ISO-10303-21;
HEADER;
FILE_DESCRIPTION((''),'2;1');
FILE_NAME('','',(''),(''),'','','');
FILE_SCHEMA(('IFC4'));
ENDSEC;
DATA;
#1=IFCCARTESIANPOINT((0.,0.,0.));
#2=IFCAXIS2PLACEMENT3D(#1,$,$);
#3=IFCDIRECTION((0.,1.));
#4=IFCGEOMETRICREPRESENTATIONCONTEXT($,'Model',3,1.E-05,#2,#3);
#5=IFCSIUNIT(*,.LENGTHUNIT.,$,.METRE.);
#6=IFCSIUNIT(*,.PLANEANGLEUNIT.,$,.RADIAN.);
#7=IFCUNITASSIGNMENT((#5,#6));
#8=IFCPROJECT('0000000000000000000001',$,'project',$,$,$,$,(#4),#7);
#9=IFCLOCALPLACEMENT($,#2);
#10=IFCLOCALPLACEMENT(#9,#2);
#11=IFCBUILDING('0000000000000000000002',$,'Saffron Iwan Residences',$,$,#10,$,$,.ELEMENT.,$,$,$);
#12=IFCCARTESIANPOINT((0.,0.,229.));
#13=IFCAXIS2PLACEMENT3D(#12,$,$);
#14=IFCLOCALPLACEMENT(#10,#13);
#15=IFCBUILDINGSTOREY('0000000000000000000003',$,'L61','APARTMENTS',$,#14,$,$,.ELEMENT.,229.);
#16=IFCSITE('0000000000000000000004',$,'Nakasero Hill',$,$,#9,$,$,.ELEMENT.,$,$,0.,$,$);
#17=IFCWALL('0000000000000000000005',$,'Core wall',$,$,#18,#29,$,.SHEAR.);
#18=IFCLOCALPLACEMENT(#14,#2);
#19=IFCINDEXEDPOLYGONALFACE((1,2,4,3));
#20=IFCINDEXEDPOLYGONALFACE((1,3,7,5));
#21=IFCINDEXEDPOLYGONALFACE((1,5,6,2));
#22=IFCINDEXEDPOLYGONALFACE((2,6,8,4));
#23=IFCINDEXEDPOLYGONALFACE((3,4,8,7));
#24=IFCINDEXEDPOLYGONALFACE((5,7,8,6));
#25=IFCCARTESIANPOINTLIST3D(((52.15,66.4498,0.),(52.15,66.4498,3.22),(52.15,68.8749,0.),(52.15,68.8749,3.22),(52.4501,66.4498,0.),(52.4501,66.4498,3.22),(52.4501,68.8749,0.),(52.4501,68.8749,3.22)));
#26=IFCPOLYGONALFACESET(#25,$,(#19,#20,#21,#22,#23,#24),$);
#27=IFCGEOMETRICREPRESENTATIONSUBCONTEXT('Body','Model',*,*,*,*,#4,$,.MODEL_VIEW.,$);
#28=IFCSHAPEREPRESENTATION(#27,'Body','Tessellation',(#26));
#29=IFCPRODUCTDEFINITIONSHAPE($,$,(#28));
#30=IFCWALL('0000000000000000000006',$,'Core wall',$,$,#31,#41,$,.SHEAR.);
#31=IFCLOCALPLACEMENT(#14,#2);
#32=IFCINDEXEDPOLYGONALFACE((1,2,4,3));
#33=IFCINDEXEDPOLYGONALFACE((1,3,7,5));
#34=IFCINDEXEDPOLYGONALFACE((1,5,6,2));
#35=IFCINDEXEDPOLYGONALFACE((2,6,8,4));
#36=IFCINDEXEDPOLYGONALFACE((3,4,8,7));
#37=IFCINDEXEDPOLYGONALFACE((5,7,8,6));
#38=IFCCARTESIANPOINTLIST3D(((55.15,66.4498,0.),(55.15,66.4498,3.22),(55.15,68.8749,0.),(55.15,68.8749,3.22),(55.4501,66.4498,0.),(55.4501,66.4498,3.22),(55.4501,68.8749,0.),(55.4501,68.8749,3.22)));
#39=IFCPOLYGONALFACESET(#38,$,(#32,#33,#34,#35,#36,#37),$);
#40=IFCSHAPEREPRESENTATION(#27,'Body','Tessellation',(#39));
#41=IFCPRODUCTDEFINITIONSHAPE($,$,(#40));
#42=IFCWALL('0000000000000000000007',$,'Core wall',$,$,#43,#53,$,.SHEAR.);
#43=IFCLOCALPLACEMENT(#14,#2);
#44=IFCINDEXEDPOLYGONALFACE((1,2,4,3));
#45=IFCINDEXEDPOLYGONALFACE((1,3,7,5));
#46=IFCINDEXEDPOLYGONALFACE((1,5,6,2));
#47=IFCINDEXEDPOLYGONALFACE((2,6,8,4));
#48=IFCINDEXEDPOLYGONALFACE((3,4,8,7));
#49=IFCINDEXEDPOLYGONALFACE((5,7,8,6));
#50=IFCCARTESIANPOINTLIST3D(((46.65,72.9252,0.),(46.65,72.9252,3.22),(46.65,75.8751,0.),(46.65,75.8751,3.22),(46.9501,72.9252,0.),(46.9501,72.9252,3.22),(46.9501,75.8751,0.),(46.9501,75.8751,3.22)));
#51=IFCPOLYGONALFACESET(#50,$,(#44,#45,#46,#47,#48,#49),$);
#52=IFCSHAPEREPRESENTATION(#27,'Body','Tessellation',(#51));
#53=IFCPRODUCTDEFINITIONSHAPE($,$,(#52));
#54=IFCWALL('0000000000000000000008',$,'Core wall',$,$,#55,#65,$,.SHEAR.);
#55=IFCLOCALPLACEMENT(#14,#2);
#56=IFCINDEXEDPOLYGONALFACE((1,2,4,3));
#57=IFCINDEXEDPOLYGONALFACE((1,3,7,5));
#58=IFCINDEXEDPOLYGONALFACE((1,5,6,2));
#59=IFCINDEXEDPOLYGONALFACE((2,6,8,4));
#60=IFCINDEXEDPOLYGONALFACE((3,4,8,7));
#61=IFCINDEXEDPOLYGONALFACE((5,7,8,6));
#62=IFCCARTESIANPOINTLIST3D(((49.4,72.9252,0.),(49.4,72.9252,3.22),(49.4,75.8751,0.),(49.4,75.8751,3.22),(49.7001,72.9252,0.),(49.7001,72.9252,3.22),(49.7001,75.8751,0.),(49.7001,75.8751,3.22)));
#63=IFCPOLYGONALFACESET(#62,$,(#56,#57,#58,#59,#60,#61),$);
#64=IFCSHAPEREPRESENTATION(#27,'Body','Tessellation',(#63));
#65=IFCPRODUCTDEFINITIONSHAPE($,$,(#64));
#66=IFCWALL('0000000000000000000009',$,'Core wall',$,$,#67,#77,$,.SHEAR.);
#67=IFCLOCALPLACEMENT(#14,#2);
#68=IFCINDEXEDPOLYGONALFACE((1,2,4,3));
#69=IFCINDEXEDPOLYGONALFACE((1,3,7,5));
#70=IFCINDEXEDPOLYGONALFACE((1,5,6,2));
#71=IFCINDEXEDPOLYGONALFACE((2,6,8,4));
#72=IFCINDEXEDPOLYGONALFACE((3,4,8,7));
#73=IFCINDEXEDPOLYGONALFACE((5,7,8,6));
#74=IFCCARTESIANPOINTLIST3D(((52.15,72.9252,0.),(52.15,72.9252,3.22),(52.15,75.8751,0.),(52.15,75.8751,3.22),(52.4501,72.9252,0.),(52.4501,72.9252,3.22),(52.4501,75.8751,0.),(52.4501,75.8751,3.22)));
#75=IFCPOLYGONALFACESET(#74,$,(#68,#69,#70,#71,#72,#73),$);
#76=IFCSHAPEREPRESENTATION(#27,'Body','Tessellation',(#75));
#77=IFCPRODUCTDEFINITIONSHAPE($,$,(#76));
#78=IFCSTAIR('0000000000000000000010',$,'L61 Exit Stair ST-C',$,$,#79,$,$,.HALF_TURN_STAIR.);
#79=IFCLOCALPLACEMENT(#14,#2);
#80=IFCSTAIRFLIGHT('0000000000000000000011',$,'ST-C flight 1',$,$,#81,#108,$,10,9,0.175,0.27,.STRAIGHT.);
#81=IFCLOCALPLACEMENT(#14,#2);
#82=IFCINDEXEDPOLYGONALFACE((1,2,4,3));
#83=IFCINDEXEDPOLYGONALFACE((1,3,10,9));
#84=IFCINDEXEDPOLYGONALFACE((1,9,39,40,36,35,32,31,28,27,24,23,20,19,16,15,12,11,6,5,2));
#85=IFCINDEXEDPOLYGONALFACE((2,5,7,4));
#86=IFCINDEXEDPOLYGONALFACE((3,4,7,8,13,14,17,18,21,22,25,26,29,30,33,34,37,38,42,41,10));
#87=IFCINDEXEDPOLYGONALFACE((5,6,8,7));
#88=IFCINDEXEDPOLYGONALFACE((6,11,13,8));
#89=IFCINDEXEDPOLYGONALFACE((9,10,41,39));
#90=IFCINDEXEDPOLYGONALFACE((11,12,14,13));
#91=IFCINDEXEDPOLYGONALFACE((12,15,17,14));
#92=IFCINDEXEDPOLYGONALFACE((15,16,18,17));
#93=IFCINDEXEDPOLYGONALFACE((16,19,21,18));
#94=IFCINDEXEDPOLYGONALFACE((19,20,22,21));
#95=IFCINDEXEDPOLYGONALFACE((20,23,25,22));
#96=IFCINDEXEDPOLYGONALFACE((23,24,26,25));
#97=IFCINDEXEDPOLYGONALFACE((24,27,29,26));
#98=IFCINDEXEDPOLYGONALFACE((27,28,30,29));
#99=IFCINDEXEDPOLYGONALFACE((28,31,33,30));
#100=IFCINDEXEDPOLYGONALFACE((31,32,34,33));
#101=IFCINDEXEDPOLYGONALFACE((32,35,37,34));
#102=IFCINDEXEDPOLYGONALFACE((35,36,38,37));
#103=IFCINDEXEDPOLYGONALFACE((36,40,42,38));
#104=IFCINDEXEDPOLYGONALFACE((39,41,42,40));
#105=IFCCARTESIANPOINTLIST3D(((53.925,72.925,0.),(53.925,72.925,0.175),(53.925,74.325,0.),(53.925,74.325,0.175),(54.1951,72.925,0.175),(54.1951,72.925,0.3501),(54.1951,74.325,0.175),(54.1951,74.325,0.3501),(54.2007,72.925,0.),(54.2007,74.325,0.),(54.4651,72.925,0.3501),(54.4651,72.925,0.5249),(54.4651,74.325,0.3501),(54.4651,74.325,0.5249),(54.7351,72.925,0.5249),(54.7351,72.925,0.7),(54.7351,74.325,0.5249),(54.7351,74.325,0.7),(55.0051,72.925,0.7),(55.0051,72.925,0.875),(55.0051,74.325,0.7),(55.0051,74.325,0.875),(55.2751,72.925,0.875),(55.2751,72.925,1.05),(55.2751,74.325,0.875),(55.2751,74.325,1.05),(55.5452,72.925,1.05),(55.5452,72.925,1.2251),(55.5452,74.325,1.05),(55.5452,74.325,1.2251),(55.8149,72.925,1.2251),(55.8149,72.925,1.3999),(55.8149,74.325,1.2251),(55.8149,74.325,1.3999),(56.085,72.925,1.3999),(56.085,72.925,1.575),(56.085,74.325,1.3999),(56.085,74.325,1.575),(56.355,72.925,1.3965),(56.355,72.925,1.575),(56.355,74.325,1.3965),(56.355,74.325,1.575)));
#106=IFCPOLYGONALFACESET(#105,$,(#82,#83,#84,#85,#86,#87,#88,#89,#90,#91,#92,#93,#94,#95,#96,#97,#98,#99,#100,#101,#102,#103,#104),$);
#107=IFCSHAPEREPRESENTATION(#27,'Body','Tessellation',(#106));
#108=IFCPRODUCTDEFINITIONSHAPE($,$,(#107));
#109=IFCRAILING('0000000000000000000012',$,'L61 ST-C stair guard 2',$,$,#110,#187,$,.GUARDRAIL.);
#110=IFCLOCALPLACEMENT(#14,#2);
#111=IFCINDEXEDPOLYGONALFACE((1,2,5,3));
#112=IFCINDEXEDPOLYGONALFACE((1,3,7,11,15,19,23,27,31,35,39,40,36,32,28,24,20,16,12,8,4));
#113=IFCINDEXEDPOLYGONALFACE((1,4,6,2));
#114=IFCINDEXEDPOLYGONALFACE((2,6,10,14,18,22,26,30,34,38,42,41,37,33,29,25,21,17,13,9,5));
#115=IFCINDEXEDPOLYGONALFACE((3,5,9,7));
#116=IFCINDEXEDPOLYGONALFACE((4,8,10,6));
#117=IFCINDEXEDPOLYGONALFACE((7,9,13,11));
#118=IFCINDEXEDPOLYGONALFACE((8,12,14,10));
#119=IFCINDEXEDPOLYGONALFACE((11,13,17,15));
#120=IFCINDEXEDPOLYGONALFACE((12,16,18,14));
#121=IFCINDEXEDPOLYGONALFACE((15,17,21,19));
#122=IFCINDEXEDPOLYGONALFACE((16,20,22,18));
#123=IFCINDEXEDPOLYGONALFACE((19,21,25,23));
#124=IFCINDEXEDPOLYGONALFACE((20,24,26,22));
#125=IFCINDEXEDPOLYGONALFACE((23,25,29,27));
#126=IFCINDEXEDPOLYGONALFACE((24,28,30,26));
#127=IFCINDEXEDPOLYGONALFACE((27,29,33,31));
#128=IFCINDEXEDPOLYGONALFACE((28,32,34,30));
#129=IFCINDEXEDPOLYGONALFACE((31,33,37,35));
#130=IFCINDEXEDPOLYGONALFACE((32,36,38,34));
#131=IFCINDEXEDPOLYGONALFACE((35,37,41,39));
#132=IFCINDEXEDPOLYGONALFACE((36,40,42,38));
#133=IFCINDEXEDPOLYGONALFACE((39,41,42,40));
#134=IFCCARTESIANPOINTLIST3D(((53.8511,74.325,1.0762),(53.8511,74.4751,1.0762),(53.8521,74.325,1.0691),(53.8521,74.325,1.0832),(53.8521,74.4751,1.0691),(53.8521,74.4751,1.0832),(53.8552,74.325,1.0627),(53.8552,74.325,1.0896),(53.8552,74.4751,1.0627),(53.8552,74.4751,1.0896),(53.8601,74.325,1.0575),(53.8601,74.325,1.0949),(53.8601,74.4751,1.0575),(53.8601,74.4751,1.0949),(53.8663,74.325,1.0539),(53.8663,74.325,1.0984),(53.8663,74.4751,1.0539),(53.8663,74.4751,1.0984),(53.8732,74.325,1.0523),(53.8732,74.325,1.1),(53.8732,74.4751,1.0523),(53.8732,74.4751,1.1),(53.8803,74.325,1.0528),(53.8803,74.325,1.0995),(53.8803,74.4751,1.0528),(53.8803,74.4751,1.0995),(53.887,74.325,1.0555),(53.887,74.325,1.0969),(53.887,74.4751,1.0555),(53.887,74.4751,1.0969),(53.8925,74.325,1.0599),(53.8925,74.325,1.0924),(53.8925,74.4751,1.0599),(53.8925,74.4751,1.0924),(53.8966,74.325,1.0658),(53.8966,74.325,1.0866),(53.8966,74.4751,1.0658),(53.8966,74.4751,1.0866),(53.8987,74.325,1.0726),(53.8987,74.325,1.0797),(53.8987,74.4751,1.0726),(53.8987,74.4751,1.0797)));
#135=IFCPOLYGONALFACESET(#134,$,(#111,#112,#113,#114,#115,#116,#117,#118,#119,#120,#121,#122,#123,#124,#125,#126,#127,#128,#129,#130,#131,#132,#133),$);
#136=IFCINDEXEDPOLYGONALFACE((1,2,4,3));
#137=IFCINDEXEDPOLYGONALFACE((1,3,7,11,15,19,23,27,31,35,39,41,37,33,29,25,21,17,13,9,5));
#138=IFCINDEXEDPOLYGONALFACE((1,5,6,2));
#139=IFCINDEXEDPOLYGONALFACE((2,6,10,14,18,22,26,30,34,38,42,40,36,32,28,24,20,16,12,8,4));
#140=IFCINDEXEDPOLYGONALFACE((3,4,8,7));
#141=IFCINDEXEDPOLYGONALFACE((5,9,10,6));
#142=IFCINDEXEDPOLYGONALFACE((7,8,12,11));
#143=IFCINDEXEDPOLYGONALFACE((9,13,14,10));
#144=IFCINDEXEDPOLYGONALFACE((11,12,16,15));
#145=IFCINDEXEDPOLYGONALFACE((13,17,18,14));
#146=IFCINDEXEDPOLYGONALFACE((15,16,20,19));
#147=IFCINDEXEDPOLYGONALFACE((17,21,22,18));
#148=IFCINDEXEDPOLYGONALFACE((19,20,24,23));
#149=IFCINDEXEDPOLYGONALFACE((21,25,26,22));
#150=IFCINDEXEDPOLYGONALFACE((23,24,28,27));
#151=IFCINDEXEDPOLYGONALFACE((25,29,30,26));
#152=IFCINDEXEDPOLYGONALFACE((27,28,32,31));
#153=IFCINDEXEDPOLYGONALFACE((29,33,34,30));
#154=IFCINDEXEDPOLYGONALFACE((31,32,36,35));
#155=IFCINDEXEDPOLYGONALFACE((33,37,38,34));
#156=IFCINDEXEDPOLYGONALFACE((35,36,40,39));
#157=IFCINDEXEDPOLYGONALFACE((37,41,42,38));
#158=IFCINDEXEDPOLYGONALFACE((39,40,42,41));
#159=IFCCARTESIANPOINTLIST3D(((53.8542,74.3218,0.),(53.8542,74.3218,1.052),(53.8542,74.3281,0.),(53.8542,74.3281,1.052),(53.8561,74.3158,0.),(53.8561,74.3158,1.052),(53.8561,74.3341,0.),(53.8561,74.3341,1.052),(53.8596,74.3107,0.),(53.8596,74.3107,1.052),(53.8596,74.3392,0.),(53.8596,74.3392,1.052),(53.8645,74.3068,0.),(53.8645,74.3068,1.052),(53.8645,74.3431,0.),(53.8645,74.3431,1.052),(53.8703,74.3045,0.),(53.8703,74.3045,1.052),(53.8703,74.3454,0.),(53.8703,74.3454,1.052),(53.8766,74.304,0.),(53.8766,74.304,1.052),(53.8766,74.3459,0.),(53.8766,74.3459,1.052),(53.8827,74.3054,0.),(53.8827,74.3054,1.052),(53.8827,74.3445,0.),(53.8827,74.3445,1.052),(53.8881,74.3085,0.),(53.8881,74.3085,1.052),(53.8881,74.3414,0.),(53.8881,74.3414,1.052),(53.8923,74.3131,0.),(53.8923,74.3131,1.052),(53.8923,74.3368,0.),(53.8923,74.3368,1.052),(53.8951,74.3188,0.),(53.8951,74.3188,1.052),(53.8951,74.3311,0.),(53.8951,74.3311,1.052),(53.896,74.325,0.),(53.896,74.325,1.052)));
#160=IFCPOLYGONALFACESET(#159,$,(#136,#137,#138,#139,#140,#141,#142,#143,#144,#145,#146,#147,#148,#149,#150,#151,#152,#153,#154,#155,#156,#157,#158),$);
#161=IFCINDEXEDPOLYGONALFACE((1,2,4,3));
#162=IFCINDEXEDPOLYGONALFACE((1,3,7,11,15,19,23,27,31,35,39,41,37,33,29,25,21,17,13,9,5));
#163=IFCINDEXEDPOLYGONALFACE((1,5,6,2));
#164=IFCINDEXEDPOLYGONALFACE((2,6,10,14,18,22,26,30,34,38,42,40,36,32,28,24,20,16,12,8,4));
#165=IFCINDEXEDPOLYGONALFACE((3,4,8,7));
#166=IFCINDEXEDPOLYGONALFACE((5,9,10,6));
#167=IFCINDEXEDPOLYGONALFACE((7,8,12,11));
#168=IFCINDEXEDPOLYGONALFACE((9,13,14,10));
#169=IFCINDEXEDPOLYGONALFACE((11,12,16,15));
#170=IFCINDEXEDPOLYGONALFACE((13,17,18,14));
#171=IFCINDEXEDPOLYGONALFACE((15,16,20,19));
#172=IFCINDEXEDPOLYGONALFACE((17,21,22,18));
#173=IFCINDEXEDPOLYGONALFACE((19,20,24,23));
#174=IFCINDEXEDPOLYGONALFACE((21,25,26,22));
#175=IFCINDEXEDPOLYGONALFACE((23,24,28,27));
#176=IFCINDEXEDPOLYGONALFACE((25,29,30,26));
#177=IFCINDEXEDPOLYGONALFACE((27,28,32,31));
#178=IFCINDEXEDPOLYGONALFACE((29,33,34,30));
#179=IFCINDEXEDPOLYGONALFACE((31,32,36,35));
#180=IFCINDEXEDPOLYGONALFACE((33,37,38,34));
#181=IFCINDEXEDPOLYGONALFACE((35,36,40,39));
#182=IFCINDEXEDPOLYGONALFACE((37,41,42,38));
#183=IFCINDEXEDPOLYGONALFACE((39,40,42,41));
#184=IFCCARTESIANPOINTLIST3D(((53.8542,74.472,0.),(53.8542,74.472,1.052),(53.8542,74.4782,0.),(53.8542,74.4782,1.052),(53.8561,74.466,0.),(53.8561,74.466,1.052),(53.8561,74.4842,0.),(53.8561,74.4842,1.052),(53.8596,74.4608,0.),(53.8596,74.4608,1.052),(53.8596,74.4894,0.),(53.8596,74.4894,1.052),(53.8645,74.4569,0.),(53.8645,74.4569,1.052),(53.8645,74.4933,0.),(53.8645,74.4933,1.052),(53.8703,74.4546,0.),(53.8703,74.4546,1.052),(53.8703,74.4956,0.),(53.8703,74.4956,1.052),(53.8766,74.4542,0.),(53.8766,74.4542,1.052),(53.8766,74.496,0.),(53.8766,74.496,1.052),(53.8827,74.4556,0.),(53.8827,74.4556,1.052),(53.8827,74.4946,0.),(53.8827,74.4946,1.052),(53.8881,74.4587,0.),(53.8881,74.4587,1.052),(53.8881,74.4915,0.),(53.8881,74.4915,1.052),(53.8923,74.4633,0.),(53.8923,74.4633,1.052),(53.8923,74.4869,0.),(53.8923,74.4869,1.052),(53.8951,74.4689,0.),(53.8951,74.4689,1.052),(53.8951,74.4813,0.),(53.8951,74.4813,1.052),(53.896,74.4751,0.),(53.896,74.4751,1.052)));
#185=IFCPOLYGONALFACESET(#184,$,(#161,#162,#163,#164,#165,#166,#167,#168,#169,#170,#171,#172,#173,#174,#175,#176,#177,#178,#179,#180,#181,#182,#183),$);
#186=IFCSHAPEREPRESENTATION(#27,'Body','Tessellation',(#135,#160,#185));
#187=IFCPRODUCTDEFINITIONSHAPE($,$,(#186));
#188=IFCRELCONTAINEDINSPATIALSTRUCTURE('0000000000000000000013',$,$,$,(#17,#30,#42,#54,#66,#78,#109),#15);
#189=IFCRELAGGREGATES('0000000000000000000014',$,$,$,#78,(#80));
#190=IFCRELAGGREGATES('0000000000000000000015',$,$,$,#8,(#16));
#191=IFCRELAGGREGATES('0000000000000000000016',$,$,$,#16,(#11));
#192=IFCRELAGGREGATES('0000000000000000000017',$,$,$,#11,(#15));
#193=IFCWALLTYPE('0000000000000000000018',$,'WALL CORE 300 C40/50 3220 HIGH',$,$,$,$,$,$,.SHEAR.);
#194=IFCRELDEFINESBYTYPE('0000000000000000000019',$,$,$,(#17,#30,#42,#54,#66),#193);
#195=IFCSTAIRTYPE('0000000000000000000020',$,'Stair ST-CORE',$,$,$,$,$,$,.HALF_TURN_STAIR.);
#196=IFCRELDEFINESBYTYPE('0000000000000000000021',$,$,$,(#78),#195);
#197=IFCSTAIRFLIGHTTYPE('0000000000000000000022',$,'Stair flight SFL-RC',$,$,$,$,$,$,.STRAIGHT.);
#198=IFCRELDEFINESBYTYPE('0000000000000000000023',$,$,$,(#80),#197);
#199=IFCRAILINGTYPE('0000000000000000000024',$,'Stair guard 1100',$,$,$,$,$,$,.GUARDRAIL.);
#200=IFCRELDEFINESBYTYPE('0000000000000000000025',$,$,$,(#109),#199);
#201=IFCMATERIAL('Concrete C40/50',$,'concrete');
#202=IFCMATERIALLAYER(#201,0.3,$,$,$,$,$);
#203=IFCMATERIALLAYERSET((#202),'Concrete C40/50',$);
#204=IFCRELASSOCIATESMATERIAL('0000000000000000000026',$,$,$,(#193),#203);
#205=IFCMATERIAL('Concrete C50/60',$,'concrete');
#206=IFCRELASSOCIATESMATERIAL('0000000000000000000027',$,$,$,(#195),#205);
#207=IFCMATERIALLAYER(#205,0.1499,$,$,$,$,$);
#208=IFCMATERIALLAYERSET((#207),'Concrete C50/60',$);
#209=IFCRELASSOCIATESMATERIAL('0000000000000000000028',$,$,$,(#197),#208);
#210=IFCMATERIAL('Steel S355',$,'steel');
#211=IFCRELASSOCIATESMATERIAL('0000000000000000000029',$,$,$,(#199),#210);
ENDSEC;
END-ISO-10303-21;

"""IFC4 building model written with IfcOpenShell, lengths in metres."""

from ifc_helpers import new_model, si_unit, direction, frame, frame_2d, origin, origin_2d, place, context, subcontext, project, spatial, polyline, rectangle, circle, outline, extrude, material, layer, layer_set, type_object, element, aggregate, save


model = new_model("IFC4")

# Units and contexts
model_context = context("Model", 3, precision=1e-05, world=origin(), true_north=direction((0.0, 1.0)))
body_context = subcontext(model_context, "Body", "Model", "MODEL_VIEW")
ifc_project = project(units=[si_unit("LENGTHUNIT", "METRE"), si_unit("PLANEANGLEUNIT", "RADIAN")], contexts=[model_context])

# Site, building, storey
site_placement = place(None, origin())
site = spatial("IfcSite", under=ifc_project, at=site_placement, Name="Nakasero Hill", CompositionType="ELEMENT", RefElevation=0.0)
building_placement = place(site_placement, origin())
building = spatial("IfcBuilding", under=site, at=building_placement, Name="Saffron Iwan Residences", CompositionType="ELEMENT")
storey_placement = place(building_placement, frame((0.0, 0.0, 229.0)))
storey = spatial("IfcBuildingStorey", under=building, at=storey_placement, Name="L61", Description="APARTMENTS", CompositionType="ELEMENT", Elevation=229.0)

# Shared definitions
ifc_material_1 = material(Name="Concrete C40/50", Category="concrete")

# Walls
ifc_layer_1 = layer(ifc_material_1, 0.3)
ifc_layer_set_1 = layer_set([ifc_layer_1], Name="Concrete C40/50")
wall_type_1 = type_object("IfcWallType", Name="WALL CORE 300 C40/50 3220 HIGH", PredefinedType="SHEAR", material=ifc_layer_set_1)
for number, where, z_axis, x_axis, name in (
    (1, (52.3, 66.45, 0.0), (0.0, 0.0, 1.0), (0.0, 1.0, 0.0), "Core wall"),
    (2, (55.3, 66.45, 0.0), (0.0, 0.0, 1.0), (0.0, 1.0, 0.0), "Core wall"),
):
    element("IfcWall", number, at=place(storey_placement, frame(where, z_axis=z_axis, x_axis=x_axis)), inside=storey, type_object=wall_type_1, Name=name, PredefinedType="SHEAR", context=body_context, shape_type="SweptSolid", body=[
        extrude(rectangle(XDim=2.425, YDim=0.3, at=frame_2d((1.2124, 0.0))), origin(), (0.0, 0.0, 1.0), 3.22),
    ])
for number, where, z_axis, x_axis, name in (
    (3, (46.8, 72.925, 0.0), (0.0, 0.0, 1.0), (0.0, 1.0, 0.0), "Core wall"),
    (4, (49.55, 72.925, 0.0), (0.0, 0.0, 1.0), (0.0, 1.0, 0.0), "Core wall"),
    (5, (52.3, 72.925, 0.0), (0.0, 0.0, 1.0), (0.0, 1.0, 0.0), "Core wall"),
):
    element("IfcWall", number, at=place(storey_placement, frame(where, z_axis=z_axis, x_axis=x_axis)), inside=storey, type_object=wall_type_1, Name=name, PredefinedType="SHEAR", context=body_context, shape_type="SweptSolid", body=[
        extrude(rectangle(XDim=2.95, YDim=0.3, at=frame_2d((1.4751, 0.0))), origin(), (0.0, 0.0, 1.0), 3.22),
    ])

# Stair, stair flight
ifc_material_2 = material(Name="Concrete C50/60", Category="concrete")
stair_type = type_object("IfcStairType", Name="Stair ST-CORE", PredefinedType="HALF_TURN_STAIR", material=ifc_material_2)
stair_placement = place(storey_placement, origin())
stair = element("IfcStair", 6, at=stair_placement, inside=storey, type_object=stair_type, Name="L61 Exit Stair ST-C", PredefinedType="HALF_TURN_STAIR")
ifc_layer_2 = layer(ifc_material_2, 0.1499)
ifc_layer_set_2 = layer_set([ifc_layer_2], Name="Concrete C50/60")
stair_flight_type = type_object("IfcStairFlightType", Name="Stair flight SFL-RC", PredefinedType="STRAIGHT", material=ifc_layer_set_2)
stair_flight_placement = place(storey_placement, frame((53.925, 73.625, 0.0), z_axis=(0.0, 0.0, 1.0), x_axis=(1.0, 0.0, 0.0)))
stair_flight = element("IfcStairFlight", 7, at=stair_flight_placement, type_object=stair_flight_type, Name="ST-C flight 1", NumberOfRisers=10, NumberOfTreads=9, PredefinedType="STRAIGHT", RiserHeight=0.175, TreadLength=0.27, context=body_context, shape_type="SweptSolid", body=[
    extrude(outline(polyline([(0.0, 0.0), (0.0, 0.175), (0.27, 0.175), (0.27, 0.3501), (0.54, 0.3501), (0.54, 0.5249), (0.8101, 0.5249), (0.8101, 0.7), (1.0801, 0.7), (1.0801, 0.875), (1.3501, 0.875), (1.3501, 1.05), (1.6201, 1.05), (1.6201, 1.2251), (1.8899, 1.2251), (1.8899, 1.3999), (2.1599, 1.3999), (2.1599, 1.575), (2.4299, 1.575), (2.4299, 1.75), (2.4299, 1.3965), (0.2756, 0.0), (0.0, 0.0)])), frame((0.0, 0.7, 0.0), z_axis=(0.0, -1.0, 0.0), x_axis=(1.0, 0.0, 0.0)), (0.0, 0.0, 1.0), 1.3999),
])
aggregate(stair, [stair_flight])

# Railing
ifc_material_3 = material(Name="Steel S355", Category="steel")
railing_type_1 = type_object("IfcRailingType", Name="Stair guard 1100", PredefinedType="GUARDRAIL", material=ifc_material_3)
railing_1_placement = place(storey_placement, frame((53.875, 74.325, 0.0)))
element("IfcRailing", 8, at=railing_1_placement, inside=storey, type_object=railing_type_1, Name="L61 ST-C stair guard 2", PredefinedType="GUARDRAIL", context=body_context, shape_type="SweptSolid", body=[
    extrude(circle(Radius=0.0239, at=origin_2d()), frame((0.0, 0.0, 1.0762), z_axis=(0.0, 1.0, 0.0), x_axis=(-1.0, 0.0, 0.0)), (0.0, 0.0, 1.0), 0.1501),
    extrude(circle(Radius=0.021, at=origin_2d()), origin(), (0.0, 0.0, 1.0), 1.052),
    extrude(circle(Radius=0.021, at=origin_2d()), frame((0.0, 0.1501, 0.0)), (0.0, 0.0, 1.0), 1.052),
])

save(model, "model.ifc")
